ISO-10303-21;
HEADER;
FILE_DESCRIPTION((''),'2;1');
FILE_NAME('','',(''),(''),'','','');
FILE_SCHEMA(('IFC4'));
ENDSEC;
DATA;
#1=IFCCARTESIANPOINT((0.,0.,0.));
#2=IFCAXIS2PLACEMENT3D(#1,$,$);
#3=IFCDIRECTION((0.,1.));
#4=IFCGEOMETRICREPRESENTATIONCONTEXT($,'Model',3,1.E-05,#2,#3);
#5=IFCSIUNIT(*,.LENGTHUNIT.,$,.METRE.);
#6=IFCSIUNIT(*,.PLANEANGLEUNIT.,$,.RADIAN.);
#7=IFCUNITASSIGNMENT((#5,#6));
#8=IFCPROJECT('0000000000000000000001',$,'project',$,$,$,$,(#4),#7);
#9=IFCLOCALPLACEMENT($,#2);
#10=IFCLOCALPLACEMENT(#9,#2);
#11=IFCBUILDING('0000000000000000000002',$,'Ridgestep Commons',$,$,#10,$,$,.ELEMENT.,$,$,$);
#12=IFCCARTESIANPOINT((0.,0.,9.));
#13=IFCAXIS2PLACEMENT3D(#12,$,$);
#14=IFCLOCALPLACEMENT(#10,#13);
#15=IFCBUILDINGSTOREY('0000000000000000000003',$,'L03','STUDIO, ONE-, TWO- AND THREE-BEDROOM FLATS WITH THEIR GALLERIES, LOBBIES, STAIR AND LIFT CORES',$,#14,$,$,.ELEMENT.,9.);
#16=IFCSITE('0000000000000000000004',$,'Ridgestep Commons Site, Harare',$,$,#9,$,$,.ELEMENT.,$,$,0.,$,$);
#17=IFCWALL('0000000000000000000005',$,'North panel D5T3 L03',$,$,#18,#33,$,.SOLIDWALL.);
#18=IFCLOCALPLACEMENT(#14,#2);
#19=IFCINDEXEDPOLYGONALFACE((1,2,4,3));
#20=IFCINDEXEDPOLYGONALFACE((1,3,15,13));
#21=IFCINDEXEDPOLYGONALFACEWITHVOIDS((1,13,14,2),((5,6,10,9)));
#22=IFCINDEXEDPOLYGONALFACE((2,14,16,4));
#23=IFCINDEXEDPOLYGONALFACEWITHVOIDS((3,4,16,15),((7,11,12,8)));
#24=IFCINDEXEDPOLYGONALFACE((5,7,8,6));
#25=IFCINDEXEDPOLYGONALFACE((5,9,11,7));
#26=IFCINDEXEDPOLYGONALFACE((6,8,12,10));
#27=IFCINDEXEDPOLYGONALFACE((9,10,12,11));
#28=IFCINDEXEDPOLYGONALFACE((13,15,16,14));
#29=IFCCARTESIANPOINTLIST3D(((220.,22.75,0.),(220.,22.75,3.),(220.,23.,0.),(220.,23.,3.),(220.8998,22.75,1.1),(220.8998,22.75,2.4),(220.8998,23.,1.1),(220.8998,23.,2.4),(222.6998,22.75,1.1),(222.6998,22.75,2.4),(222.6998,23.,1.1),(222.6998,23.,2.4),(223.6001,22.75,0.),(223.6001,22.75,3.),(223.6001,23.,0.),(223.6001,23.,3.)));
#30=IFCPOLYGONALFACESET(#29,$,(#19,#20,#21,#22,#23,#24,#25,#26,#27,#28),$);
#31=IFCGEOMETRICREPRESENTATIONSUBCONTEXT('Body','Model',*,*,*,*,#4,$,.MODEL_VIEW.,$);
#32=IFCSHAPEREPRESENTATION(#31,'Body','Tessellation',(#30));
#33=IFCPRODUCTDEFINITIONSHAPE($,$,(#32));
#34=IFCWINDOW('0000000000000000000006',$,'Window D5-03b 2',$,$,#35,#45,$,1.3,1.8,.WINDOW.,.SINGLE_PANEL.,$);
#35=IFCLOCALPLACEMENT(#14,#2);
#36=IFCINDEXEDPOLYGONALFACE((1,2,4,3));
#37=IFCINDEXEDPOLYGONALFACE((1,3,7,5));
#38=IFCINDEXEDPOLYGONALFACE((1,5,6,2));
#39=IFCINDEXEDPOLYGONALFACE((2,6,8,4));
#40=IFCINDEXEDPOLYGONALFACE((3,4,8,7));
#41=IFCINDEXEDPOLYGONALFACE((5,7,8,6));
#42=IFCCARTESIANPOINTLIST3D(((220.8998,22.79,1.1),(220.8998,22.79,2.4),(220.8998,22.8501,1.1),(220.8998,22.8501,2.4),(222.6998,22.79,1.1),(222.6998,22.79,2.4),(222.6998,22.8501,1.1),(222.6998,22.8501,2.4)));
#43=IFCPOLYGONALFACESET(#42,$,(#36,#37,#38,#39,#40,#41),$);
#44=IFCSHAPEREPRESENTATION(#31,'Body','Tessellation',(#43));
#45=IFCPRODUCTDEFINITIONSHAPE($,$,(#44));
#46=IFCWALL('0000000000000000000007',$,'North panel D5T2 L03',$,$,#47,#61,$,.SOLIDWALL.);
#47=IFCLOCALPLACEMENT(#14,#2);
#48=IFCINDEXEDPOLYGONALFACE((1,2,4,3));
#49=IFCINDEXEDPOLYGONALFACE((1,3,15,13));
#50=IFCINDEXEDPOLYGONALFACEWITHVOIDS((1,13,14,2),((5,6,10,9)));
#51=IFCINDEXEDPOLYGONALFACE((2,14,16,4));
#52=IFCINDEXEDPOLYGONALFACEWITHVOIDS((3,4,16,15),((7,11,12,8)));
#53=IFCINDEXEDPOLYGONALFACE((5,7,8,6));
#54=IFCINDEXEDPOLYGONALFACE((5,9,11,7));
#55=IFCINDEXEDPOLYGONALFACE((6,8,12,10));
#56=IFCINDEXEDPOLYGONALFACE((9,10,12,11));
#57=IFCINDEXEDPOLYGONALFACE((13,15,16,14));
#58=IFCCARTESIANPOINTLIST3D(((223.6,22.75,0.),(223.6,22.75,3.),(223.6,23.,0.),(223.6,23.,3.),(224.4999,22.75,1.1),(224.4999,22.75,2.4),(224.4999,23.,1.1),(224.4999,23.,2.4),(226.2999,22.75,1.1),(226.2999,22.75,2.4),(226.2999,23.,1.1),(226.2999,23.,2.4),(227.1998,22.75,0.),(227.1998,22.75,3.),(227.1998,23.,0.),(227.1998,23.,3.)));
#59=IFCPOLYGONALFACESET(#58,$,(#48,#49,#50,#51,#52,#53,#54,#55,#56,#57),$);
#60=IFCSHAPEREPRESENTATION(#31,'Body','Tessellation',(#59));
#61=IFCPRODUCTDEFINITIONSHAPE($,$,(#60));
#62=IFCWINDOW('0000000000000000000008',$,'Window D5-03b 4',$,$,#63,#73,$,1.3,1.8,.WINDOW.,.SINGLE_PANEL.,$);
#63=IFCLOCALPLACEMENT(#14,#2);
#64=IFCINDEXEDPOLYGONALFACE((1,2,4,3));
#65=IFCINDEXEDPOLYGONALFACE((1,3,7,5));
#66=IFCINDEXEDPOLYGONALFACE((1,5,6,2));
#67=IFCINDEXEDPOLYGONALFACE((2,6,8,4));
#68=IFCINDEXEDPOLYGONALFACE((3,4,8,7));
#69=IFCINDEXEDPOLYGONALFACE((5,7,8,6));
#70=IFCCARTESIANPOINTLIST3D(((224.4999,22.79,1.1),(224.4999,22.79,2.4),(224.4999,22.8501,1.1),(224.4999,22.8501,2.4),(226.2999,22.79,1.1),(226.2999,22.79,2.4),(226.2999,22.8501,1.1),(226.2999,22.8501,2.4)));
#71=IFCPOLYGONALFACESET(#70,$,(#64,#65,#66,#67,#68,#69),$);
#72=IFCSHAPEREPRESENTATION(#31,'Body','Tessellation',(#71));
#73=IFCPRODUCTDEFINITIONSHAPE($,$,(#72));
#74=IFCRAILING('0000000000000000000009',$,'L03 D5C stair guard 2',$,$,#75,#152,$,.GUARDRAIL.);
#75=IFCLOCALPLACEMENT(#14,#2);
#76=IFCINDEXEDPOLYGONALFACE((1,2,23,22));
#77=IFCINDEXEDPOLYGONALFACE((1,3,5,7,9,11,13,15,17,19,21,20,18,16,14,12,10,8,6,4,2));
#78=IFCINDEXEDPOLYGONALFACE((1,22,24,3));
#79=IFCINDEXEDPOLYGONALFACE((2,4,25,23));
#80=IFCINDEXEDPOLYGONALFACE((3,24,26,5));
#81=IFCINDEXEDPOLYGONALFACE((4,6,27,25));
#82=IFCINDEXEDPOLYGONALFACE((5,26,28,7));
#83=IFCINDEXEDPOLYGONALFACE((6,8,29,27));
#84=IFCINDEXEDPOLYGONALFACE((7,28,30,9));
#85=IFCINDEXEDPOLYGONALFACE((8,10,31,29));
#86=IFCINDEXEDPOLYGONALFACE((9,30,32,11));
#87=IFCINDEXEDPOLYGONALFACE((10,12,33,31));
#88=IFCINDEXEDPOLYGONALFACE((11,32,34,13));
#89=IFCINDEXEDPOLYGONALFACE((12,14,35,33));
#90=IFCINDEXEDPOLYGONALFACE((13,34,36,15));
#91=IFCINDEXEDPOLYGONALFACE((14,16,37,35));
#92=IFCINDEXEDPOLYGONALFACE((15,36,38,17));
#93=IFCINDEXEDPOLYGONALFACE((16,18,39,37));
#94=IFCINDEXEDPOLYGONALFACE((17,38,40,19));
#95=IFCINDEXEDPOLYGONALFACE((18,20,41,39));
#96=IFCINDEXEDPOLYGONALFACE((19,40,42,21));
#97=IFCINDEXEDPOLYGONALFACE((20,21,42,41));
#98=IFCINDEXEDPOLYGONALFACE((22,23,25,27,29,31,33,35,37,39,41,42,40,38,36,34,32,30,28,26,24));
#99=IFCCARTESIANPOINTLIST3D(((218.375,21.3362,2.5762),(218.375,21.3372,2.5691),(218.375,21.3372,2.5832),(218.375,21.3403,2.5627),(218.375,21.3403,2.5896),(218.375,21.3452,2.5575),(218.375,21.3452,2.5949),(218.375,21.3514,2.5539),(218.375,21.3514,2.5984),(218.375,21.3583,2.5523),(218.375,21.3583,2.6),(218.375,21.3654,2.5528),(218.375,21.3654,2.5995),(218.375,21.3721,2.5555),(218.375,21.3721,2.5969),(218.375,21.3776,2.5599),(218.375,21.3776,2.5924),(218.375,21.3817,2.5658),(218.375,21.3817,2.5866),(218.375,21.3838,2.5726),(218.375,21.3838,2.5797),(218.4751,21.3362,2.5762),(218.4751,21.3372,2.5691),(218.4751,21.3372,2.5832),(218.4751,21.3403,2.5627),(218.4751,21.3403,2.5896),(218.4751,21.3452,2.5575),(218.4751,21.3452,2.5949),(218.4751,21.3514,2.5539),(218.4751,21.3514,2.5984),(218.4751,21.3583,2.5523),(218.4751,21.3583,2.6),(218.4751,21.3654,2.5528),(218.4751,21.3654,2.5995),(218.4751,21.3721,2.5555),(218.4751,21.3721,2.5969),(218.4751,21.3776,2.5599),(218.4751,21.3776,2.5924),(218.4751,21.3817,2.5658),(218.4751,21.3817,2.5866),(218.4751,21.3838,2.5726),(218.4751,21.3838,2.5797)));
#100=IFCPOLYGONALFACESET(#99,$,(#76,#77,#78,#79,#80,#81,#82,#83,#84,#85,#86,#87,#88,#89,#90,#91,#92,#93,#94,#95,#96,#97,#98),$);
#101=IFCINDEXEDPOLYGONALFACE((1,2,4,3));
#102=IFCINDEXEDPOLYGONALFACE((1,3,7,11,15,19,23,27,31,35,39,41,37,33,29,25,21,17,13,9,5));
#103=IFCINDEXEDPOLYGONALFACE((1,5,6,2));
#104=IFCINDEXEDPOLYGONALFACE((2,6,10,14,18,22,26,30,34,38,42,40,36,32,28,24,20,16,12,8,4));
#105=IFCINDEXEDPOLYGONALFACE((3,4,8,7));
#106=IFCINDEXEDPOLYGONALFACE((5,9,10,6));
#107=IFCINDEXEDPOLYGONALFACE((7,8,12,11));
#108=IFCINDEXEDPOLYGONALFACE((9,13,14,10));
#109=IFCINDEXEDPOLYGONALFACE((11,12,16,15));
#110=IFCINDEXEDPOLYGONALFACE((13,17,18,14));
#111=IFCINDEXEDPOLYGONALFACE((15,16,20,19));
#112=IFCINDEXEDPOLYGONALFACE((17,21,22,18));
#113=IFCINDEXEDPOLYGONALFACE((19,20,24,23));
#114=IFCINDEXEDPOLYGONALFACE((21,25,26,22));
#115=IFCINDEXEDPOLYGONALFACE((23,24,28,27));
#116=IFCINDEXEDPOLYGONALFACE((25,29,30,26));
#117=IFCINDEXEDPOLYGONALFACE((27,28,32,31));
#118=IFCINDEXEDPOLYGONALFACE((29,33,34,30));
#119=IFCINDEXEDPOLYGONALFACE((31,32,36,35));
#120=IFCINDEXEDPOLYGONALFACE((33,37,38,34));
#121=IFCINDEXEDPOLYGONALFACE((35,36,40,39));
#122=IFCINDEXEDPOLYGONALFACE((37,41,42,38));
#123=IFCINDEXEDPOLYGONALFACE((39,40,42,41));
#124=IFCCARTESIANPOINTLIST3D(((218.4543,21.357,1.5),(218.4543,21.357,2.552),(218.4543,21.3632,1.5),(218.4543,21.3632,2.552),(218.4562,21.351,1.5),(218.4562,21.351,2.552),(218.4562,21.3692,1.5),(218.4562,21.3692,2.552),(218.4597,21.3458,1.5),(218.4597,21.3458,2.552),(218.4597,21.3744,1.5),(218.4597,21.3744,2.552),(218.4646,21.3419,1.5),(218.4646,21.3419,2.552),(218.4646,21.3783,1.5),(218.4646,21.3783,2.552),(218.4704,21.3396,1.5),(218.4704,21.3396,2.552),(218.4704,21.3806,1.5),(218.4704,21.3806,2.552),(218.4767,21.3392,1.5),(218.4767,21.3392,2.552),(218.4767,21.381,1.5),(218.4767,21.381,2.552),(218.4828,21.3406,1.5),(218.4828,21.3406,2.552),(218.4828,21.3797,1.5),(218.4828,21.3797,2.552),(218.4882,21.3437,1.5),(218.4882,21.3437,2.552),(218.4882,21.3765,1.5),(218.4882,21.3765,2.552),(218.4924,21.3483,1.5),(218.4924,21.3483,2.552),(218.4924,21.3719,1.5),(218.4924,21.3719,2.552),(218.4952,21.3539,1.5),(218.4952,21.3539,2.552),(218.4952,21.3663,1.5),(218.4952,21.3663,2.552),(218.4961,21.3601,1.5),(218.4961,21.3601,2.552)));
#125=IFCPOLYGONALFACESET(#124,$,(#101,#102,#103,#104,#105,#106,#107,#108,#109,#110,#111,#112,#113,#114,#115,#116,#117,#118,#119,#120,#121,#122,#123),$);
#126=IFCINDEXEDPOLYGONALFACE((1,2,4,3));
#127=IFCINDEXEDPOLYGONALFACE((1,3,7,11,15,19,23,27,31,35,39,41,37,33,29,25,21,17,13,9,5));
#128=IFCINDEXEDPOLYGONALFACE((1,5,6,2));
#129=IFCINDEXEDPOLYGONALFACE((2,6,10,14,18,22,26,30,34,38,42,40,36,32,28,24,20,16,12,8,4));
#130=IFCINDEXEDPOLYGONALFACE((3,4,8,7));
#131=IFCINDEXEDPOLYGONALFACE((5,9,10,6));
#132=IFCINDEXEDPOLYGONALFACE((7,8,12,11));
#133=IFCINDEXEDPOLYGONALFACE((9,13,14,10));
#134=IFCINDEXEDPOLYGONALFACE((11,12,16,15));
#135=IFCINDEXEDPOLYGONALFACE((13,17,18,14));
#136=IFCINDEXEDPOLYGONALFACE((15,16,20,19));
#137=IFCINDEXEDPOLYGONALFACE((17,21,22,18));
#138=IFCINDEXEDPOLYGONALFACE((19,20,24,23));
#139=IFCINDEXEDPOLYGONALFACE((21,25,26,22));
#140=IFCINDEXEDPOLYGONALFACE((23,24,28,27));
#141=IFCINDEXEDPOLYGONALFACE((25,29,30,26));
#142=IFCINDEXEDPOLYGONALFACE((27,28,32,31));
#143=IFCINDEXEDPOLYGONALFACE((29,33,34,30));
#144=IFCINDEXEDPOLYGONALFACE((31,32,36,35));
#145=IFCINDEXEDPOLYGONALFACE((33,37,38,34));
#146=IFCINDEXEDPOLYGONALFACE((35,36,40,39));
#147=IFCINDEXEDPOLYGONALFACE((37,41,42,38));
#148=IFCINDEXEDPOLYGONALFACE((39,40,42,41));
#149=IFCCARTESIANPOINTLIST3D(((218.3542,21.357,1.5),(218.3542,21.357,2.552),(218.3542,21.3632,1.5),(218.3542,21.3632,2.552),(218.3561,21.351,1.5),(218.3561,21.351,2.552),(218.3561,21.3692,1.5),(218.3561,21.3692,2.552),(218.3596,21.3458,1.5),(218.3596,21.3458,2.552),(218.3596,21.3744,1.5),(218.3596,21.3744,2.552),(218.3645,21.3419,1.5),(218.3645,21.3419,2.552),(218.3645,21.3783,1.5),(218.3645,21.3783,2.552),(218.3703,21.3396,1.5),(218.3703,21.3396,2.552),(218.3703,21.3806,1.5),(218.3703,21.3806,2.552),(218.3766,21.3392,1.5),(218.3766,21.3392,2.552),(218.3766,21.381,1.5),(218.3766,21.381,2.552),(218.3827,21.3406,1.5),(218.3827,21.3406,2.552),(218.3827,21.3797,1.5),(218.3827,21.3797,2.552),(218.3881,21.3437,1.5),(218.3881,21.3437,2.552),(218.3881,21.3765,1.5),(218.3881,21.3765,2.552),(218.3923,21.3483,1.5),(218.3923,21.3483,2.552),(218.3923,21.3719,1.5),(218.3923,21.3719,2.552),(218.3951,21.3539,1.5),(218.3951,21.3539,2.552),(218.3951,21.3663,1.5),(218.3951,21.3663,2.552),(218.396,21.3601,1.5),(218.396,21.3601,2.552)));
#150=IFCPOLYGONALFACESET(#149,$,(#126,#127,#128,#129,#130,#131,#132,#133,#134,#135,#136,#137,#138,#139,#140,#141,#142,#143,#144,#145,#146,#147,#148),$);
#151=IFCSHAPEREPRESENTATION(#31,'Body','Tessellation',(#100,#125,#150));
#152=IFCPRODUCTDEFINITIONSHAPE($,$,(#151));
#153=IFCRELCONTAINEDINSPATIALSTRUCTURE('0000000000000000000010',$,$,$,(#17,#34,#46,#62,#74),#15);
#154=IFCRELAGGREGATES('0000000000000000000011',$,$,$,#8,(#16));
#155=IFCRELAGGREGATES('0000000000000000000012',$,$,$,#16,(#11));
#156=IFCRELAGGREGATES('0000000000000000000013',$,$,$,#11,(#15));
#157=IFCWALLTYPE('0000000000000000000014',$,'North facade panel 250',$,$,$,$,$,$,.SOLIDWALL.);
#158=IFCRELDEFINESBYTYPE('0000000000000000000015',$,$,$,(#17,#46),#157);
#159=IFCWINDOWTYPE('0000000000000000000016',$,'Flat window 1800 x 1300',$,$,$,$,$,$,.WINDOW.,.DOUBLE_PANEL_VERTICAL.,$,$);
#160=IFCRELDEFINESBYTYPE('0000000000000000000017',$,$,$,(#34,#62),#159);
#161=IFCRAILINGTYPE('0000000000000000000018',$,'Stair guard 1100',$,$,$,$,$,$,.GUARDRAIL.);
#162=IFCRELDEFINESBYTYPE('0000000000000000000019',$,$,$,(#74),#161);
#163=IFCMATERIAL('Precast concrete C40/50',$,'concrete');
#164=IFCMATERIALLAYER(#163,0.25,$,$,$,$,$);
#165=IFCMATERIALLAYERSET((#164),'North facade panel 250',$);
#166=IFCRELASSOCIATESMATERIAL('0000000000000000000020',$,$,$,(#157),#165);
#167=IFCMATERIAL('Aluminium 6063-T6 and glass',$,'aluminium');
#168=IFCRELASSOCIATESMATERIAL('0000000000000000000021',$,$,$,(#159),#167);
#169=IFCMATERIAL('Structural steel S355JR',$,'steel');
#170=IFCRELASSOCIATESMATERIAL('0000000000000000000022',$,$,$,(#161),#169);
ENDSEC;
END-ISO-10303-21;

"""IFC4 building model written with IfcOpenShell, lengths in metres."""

from ifc_helpers import new_model, si_unit, direction, frame, frame_2d, origin, origin_2d, place, context, subcontext, project, spatial, rectangle, circle, extrude, material, layer, layer_set, type_object, element, fill, save


model = new_model("IFC4")

# Units and contexts
model_context = context("Model", 3, precision=1e-05, world=origin(), true_north=direction((0.0, 1.0)))
body_context = subcontext(model_context, "Body", "Model", "MODEL_VIEW")
ifc_project = project(units=[si_unit("LENGTHUNIT", "METRE"), si_unit("PLANEANGLEUNIT", "RADIAN")], contexts=[model_context])

# Site, building, storey
site_placement = place(None, origin())
site = spatial("IfcSite", under=ifc_project, at=site_placement, Name="Ridgestep Commons Site, Harare", CompositionType="ELEMENT", RefElevation=0.0)
building_placement = place(site_placement, origin())
building = spatial("IfcBuilding", under=site, at=building_placement, Name="Ridgestep Commons", CompositionType="ELEMENT")
storey_placement = place(building_placement, frame((0.0, 0.0, 9.0)))
storey = spatial("IfcBuildingStorey", under=building, at=storey_placement, Name="L03", Description="STUDIO, ONE-, TWO- AND THREE-BEDROOM FLATS WITH THEIR GALLERIES, LOBBIES, STAIR AND LIFT CORES", CompositionType="ELEMENT", Elevation=9.0)

# Walls, openings, windows
ifc_material_1 = material(Name="Precast concrete C40/50", Category="concrete")
ifc_layer_1 = layer(ifc_material_1, 0.25)
ifc_layer_set_1 = layer_set([ifc_layer_1], Name="North facade panel 250")
wall_type = type_object("IfcWallType", Name="North facade panel 250", PredefinedType="SOLIDWALL", material=ifc_layer_set_1)
wall_1_placement = place(storey_placement, frame((220.0, 22.875, 0.0), z_axis=(0.0, 0.0, 1.0), x_axis=(1.0, 0.0, 0.0)))
wall_1 = element("IfcWall", 1, at=wall_1_placement, inside=storey, type_object=wall_type, Name="North panel D5T3 L03", PredefinedType="SOLIDWALL", context=body_context, shape_type="SweptSolid", body=[
    extrude(rectangle(XDim=3.6001, YDim=0.25, at=frame_2d((1.8, 0.0))), origin(), (0.0, 0.0, 1.0), 3.0),
])
opening_1_placement = place(wall_1_placement, frame((0.8999, 0.0, 1.1001)))
opening_1 = element("IfcOpeningElement", 2, at=opening_1_placement, cuts=wall_1, PredefinedType="OPENING", context=body_context, shape_type="SweptSolid", body=[
    extrude(rectangle(XDim=1.8, YDim=1.3, at=frame_2d((0.8999, 0.6499))), frame((0.0, 0.135, 0.0), z_axis=(0.0, -1.0, 0.0), x_axis=(1.0, 0.0, 0.0)), (0.0, 0.0, 1.0), 0.27),
])
ifc_material_2 = material(Name="Aluminium 6063-T6 and glass", Category="aluminium")
window_type = type_object("IfcWindowType", Name="Flat window 1800 x 1300", PartitioningType="DOUBLE_PANEL_VERTICAL", PredefinedType="WINDOW", material=ifc_material_2)
window_1_placement = place(opening_1_placement, origin())
window_1 = element("IfcWindow", 3, at=window_1_placement, inside=storey, type_object=window_type, Name="Window D5-03b 2", OverallHeight=1.3, OverallWidth=1.8, PartitioningType="SINGLE_PANEL", PredefinedType="WINDOW", context=body_context, shape_type="SweptSolid", body=[
    extrude(rectangle(XDim=1.8, YDim=1.3, at=frame_2d((0.8999, 0.6499))), frame((0.0, -0.0249, 0.0), z_axis=(0.0, -1.0, 0.0), x_axis=(1.0, 0.0, 0.0)), (0.0, 0.0, 1.0), 0.0601),
])
fill(opening_1, window_1)
wall_2_placement = place(storey_placement, frame((223.6001, 22.875, 0.0), z_axis=(0.0, 0.0, 1.0), x_axis=(1.0, 0.0, 0.0)))
wall_2 = element("IfcWall", 4, at=wall_2_placement, inside=storey, type_object=wall_type, Name="North panel D5T2 L03", PredefinedType="SOLIDWALL", context=body_context, shape_type="SweptSolid", body=[
    extrude(rectangle(XDim=3.5999, YDim=0.25, at=frame_2d((1.7998, 0.0))), origin(), (0.0, 0.0, 1.0), 3.0),
])
opening_2_placement = place(wall_2_placement, frame((0.8999, 0.0, 1.1001)))
opening_2 = element("IfcOpeningElement", 5, at=opening_2_placement, cuts=wall_2, PredefinedType="OPENING", context=body_context, shape_type="SweptSolid", body=[
    extrude(rectangle(XDim=1.8, YDim=1.3, at=frame_2d((0.8999, 0.6499))), frame((0.0, 0.135, 0.0), z_axis=(0.0, -1.0, 0.0), x_axis=(1.0, 0.0, 0.0)), (0.0, 0.0, 1.0), 0.27),
])
window_2_placement = place(opening_2_placement, origin())
window_2 = element("IfcWindow", 6, at=window_2_placement, inside=storey, type_object=window_type, Name="Window D5-03b 4", OverallHeight=1.3, OverallWidth=1.8, PartitioningType="SINGLE_PANEL", PredefinedType="WINDOW", context=body_context, shape_type="SweptSolid", body=[
    extrude(rectangle(XDim=1.8, YDim=1.3, at=frame_2d((0.8999, 0.6499))), frame((0.0, -0.0249, 0.0), z_axis=(0.0, -1.0, 0.0), x_axis=(1.0, 0.0, 0.0)), (0.0, 0.0, 1.0), 0.0601),
])
fill(opening_2, window_2)

# Railing
ifc_material_3 = material(Name="Structural steel S355JR", Category="steel")
railing_type = type_object("IfcRailingType", Name="Stair guard 1100", PredefinedType="GUARDRAIL", material=ifc_material_3)
railing_placement = place(storey_placement, frame((218.4751, 21.3601, 1.5)))
element("IfcRailing", 7, at=railing_placement, inside=storey, type_object=railing_type, Name="L03 D5C stair guard 2", PredefinedType="GUARDRAIL", context=body_context, shape_type="SweptSolid", body=[
    extrude(circle(Radius=0.0239, at=origin_2d()), frame((0.0, 0.0, 1.0762), z_axis=(-1.0, 0.0, 0.0), x_axis=(0.0, -1.0, 0.0)), (0.0, 0.0, 1.0), 0.1001),
    extrude(circle(Radius=0.021, at=origin_2d()), origin(), (0.0, 0.0, 1.0), 1.052),
    extrude(circle(Radius=0.021, at=origin_2d()), frame((-0.1001, 0.0, 0.0)), (0.0, 0.0, 1.0), 1.052),
])

save(model, "model.ifc")
